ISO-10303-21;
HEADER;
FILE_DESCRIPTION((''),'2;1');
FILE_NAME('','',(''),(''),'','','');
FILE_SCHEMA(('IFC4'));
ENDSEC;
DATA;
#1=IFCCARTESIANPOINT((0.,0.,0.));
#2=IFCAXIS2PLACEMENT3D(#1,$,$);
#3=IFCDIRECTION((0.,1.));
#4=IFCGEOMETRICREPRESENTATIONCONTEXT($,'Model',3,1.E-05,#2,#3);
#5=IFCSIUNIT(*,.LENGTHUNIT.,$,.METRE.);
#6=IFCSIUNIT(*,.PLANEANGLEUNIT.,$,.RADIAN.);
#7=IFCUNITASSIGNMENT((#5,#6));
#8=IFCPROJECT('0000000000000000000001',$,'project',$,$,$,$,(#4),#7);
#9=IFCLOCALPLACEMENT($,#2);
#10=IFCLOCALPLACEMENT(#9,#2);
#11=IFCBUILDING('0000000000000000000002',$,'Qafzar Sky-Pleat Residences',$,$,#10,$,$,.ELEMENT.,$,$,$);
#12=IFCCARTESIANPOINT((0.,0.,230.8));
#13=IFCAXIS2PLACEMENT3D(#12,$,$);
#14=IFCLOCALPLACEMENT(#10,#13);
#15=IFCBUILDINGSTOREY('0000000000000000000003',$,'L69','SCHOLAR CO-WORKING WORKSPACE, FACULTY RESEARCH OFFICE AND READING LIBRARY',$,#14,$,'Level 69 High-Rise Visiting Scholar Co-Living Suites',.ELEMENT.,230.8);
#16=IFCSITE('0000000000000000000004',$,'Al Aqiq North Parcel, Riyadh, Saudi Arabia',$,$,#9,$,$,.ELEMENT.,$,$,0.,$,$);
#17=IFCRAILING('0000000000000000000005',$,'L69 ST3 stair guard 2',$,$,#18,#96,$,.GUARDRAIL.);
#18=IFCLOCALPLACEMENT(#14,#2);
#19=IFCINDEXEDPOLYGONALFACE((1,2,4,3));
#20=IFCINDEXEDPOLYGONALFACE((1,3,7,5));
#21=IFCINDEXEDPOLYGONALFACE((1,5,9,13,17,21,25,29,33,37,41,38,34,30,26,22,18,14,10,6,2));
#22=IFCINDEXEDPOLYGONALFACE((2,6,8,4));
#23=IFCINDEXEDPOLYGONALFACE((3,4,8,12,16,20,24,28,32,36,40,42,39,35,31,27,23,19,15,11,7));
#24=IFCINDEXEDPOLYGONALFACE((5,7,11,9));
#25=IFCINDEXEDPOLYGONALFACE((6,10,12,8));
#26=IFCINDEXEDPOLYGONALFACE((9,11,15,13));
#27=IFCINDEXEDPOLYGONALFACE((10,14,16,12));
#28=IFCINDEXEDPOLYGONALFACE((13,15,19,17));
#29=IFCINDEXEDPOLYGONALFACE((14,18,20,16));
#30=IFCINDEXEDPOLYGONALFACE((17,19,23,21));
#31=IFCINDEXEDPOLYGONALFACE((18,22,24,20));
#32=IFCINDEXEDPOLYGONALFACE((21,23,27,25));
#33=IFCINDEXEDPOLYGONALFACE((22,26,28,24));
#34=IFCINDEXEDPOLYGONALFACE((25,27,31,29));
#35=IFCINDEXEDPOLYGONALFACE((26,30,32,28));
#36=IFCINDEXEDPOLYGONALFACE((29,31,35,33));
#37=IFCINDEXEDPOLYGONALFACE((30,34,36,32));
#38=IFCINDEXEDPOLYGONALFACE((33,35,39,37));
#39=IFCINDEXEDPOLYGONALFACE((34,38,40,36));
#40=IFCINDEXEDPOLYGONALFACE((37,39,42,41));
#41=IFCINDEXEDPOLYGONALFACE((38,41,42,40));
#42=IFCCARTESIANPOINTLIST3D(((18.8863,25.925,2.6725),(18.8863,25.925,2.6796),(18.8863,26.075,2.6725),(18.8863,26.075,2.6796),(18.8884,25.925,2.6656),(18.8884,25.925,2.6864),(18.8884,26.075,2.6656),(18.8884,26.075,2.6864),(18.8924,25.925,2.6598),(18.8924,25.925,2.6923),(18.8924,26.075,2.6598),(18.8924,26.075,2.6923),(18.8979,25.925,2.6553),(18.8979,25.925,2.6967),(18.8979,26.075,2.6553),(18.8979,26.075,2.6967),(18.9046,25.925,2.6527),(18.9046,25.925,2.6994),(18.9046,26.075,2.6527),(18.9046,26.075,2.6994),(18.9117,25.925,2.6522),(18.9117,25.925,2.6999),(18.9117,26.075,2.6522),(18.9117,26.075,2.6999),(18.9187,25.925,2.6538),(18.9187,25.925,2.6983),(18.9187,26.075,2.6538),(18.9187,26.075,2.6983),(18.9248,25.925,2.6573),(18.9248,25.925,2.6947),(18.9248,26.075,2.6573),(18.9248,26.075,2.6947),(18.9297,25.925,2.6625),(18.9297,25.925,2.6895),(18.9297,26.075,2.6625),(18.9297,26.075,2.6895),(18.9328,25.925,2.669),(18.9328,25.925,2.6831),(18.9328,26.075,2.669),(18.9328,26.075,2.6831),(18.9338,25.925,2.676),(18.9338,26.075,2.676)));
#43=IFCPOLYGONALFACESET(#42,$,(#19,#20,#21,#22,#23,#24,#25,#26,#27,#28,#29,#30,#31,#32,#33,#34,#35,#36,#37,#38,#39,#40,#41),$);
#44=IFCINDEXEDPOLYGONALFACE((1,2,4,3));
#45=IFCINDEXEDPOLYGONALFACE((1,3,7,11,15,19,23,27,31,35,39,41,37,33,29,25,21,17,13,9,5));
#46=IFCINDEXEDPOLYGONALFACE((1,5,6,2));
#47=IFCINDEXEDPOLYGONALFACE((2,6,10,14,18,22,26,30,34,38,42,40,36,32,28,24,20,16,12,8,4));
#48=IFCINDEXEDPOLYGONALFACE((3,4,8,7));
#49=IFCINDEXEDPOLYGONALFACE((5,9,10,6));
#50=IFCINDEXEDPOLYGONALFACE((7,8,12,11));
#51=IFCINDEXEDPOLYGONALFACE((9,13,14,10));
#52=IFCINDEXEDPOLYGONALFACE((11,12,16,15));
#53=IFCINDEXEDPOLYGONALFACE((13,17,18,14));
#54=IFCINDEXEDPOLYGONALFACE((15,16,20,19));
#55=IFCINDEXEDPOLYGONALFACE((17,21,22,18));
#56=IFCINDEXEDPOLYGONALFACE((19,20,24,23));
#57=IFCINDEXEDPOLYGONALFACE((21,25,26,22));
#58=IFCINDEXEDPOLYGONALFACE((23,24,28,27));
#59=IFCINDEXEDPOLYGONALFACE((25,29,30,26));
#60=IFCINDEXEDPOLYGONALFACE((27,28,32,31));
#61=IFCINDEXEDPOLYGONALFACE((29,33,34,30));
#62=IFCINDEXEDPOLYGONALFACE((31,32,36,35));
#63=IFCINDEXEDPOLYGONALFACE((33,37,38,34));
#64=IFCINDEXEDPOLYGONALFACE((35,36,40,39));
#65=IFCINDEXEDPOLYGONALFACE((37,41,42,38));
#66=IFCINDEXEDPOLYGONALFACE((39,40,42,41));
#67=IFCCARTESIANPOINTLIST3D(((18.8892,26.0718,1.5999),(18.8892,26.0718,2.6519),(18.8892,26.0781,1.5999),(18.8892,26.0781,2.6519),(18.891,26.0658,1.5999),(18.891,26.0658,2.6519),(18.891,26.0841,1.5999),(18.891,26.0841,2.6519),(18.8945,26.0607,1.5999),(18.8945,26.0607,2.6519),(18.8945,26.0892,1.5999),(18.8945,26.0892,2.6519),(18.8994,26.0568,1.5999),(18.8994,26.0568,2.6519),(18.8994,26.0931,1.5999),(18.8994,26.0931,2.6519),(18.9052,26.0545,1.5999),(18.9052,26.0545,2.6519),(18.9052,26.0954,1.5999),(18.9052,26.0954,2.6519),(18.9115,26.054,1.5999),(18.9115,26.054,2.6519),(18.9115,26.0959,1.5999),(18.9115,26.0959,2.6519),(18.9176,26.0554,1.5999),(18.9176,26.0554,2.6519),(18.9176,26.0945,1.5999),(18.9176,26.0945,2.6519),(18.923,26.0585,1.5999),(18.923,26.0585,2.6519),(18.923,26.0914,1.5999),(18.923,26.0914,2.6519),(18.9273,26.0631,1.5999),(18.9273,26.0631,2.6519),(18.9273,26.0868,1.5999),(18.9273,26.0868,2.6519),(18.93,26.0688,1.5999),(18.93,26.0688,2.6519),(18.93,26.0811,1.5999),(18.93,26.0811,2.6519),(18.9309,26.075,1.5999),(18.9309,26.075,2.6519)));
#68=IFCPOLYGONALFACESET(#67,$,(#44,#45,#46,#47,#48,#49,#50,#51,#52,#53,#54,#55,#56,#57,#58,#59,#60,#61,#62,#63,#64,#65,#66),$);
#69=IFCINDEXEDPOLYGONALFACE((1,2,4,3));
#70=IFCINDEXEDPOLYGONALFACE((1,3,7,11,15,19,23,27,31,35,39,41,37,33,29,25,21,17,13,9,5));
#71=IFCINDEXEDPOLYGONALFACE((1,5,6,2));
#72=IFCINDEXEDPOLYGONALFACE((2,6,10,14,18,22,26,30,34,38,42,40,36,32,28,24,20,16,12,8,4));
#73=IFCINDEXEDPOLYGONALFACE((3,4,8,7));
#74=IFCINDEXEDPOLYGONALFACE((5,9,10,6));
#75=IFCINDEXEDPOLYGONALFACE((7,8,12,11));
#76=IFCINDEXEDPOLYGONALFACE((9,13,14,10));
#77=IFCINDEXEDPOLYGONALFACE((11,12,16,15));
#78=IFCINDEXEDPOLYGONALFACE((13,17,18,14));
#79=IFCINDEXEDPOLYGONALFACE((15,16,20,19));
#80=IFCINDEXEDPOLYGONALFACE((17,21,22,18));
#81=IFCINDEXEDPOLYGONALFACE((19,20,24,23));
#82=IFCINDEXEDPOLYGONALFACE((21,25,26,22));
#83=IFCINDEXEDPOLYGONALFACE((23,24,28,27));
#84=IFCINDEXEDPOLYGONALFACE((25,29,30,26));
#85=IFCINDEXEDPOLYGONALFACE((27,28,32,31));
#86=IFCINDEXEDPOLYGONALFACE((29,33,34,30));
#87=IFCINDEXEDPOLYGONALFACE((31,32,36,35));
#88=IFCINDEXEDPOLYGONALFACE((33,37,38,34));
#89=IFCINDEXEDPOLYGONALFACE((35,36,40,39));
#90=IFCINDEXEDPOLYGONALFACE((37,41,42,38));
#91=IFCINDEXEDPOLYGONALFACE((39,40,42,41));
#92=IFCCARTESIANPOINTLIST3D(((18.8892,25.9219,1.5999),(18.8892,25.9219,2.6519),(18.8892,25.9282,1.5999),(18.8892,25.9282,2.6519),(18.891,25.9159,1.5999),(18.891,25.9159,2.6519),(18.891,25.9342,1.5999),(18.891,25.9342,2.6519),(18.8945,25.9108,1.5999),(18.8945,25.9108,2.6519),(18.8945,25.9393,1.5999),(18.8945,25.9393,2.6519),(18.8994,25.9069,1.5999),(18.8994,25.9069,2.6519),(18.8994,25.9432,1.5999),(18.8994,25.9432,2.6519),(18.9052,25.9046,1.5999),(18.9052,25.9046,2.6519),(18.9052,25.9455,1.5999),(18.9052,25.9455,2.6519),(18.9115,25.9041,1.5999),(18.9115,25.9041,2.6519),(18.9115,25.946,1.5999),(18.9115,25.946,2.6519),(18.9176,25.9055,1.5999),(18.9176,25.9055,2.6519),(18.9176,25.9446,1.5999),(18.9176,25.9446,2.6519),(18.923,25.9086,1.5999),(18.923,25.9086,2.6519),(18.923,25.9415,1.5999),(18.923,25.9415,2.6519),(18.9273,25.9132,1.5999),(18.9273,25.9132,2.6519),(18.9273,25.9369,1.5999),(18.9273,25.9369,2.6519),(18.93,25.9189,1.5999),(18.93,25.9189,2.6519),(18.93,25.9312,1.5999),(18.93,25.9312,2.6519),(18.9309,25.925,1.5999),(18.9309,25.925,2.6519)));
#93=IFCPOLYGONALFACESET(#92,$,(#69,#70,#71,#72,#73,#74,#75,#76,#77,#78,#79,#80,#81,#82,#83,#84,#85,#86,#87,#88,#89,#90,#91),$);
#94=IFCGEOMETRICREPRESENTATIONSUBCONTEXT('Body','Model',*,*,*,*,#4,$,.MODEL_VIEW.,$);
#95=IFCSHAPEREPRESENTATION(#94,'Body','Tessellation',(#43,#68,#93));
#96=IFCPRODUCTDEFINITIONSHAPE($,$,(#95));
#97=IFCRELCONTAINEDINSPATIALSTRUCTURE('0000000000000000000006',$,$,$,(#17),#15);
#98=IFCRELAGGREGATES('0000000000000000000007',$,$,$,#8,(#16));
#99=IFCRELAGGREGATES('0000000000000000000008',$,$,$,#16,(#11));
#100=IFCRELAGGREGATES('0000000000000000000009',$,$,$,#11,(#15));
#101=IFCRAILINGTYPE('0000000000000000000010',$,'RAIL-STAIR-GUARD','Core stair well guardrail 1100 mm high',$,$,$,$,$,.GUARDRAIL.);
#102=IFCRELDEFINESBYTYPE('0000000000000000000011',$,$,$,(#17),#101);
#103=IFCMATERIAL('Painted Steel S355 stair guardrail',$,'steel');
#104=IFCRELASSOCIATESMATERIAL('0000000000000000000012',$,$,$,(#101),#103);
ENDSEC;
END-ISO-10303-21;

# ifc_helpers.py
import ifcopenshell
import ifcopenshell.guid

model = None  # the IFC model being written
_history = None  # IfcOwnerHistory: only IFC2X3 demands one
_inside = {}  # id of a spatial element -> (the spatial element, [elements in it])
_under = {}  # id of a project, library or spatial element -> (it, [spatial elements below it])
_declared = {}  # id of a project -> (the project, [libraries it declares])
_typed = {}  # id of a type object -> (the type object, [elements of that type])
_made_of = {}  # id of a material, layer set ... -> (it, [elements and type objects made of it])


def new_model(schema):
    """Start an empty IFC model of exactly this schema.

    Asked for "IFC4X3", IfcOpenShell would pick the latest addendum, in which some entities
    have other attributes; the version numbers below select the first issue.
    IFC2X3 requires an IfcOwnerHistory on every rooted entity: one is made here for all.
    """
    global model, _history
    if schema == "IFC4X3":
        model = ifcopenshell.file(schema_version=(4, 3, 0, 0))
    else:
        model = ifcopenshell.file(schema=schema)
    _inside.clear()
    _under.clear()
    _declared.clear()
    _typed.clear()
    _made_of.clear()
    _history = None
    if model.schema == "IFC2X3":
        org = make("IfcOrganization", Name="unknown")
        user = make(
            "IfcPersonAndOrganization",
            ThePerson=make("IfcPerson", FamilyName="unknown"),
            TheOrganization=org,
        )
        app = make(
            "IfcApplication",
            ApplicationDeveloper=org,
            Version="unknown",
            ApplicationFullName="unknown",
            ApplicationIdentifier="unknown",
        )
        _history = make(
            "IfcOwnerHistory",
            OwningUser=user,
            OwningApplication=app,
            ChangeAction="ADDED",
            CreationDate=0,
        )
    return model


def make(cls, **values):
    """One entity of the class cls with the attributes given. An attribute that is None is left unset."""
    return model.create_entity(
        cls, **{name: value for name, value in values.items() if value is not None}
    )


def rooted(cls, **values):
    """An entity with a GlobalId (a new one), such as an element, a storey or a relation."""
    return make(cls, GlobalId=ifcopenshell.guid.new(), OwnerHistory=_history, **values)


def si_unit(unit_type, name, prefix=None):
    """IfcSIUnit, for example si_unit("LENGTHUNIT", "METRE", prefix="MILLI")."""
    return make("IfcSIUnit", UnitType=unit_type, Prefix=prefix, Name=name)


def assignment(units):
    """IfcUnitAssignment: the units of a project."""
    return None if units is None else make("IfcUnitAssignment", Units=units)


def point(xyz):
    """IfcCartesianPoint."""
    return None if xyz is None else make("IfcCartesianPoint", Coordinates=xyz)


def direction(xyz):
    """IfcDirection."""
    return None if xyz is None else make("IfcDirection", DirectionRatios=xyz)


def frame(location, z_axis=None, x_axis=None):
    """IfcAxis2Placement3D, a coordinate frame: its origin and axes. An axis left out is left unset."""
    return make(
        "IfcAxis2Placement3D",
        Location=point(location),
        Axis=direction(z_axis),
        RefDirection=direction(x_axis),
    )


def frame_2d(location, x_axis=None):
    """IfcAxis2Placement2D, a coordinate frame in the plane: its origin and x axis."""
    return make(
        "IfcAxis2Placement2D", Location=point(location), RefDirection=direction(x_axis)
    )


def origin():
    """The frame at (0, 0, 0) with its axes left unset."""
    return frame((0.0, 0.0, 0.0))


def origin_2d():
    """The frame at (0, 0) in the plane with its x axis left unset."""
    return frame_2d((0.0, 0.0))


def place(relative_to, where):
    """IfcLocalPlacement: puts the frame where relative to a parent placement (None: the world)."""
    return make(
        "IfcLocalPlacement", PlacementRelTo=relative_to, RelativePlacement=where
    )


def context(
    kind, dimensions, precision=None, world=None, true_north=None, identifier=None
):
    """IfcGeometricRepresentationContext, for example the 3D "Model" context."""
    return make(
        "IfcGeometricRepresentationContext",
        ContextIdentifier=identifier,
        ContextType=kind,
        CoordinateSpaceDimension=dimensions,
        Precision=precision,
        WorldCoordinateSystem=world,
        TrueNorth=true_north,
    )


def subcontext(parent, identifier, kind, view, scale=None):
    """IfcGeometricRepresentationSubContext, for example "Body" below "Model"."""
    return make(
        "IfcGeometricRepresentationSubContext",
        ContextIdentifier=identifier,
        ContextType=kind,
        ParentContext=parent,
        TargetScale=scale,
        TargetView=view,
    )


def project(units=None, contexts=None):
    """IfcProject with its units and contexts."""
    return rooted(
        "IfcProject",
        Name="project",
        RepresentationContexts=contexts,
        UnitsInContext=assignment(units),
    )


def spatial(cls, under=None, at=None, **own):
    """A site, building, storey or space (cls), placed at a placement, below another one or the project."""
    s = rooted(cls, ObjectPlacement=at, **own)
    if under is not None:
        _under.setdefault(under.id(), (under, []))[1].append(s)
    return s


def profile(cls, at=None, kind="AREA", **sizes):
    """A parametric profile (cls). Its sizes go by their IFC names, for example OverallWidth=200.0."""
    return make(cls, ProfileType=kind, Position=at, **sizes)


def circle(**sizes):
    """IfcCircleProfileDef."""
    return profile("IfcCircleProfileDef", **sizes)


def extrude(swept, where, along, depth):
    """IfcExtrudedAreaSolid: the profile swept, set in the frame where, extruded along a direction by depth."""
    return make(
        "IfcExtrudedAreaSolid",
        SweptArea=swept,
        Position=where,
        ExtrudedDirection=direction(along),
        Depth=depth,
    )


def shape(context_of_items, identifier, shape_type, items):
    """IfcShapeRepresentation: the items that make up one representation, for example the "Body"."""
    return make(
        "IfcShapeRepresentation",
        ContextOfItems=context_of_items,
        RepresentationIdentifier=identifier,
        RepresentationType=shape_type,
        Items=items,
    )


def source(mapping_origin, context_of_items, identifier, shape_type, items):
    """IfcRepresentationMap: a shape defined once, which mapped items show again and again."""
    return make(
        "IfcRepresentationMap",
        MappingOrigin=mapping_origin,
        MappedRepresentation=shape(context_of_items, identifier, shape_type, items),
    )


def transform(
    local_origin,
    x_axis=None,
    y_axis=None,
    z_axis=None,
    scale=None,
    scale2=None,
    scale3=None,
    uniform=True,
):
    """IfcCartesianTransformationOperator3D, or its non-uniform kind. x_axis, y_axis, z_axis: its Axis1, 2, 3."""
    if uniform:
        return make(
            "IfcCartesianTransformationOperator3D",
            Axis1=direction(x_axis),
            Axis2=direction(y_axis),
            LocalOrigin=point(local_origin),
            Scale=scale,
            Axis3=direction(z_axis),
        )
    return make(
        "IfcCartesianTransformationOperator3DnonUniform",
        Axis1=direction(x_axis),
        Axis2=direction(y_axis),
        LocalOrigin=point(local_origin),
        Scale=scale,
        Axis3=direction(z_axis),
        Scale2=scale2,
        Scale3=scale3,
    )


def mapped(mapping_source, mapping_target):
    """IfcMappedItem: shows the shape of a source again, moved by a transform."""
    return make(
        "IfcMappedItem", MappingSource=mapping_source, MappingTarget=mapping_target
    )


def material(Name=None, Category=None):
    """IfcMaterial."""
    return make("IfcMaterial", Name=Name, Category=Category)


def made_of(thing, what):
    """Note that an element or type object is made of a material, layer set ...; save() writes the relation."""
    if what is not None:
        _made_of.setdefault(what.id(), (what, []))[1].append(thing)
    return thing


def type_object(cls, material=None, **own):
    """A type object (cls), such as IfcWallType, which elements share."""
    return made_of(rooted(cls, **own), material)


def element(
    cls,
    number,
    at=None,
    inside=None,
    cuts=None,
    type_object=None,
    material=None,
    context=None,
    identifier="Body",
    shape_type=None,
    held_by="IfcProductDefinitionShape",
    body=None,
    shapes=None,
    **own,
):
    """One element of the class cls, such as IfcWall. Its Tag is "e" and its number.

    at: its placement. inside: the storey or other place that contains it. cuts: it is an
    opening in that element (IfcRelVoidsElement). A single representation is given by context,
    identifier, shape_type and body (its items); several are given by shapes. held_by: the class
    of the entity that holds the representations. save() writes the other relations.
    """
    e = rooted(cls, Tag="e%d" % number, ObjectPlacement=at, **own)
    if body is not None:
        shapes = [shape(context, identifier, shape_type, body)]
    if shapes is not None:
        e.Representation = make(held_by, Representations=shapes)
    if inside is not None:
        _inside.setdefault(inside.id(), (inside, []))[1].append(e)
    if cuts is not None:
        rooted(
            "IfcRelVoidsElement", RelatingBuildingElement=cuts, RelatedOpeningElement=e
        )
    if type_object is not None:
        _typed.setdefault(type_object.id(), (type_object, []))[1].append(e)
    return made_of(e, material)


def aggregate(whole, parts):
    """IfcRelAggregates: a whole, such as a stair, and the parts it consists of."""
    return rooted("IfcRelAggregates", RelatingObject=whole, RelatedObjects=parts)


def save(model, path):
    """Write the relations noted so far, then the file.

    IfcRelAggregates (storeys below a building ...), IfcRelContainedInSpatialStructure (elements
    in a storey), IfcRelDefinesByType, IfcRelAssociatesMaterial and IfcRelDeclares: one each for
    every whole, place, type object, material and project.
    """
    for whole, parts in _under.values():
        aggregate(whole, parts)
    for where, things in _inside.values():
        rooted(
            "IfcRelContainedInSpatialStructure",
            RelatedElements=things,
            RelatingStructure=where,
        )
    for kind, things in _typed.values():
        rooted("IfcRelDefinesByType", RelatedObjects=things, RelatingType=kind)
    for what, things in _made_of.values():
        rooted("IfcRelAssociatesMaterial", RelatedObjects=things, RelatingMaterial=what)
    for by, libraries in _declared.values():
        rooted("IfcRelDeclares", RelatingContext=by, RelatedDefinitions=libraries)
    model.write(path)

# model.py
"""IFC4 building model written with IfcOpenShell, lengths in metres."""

from ifc_helpers import new_model, si_unit, direction, frame, origin, origin_2d, place, context, subcontext, project, spatial, circle, extrude, source, transform, mapped, material, type_object, element, save


model = new_model("IFC4")

# Units and contexts
model_context = context("Model", 3, precision=1e-05, world=origin(), true_north=direction((0.0, 1.0)))
body_context = subcontext(model_context, "Body", "Model", "MODEL_VIEW")
ifc_project = project(units=[si_unit("LENGTHUNIT", "METRE"), si_unit("PLANEANGLEUNIT", "RADIAN")], contexts=[model_context])

# Site, building, storey
site_placement = place(None, origin())
site = spatial("IfcSite", under=ifc_project, at=site_placement, Name="Al Aqiq North Parcel, Riyadh, Saudi Arabia", CompositionType="ELEMENT", RefElevation=0.0)
building_placement = place(site_placement, origin())
building = spatial("IfcBuilding", under=site, at=building_placement, Name="Qafzar Sky-Pleat Residences", CompositionType="ELEMENT")
storey_placement = place(building_placement, frame((0.0, 0.0, 230.8)))
storey = spatial("IfcBuildingStorey", under=building, at=storey_placement, Name="L69", Description="SCHOLAR CO-WORKING WORKSPACE, FACULTY RESEARCH OFFICE AND READING LIBRARY", LongName="Level 69 High-Rise Visiting Scholar Co-Living Suites", CompositionType="ELEMENT", Elevation=230.8)

# Railing
ifc_material_1 = material(Name="Painted Steel S355 stair guardrail", Category="steel")
railing_type_1 = type_object("IfcRailingType", Name="RAIL-STAIR-GUARD", Description="Core stair well guardrail 1100 mm high", PredefinedType="GUARDRAIL", material=ifc_material_1)
shared_shape_1 = source(origin(), body_context, "Body", "SweptSolid", [
    extrude(circle(Radius=0.0239, at=origin_2d()), frame((0.0, 0.0, 1.0762), z_axis=(0.0, -1.0, 0.0), x_axis=(1.0, 0.0, 0.0)), (0.0, 0.0, 1.0), 0.1499),
    extrude(circle(Radius=0.021, at=origin_2d()), origin(), (0.0, 0.0, 1.0), 1.052),
    extrude(circle(Radius=0.021, at=origin_2d()), frame((0.0, -0.1499, 0.0)), (0.0, 0.0, 1.0), 1.052),
])
railing_1_placement = place(storey_placement, frame((18.9099, 26.075, 1.5999)))
element("IfcRailing", 1, at=railing_1_placement, inside=storey, type_object=railing_type_1, Name="L69 ST3 stair guard 2", PredefinedType="GUARDRAIL", context=body_context, shape_type="MappedRepresentation", body=[
    mapped(shared_shape_1, transform((0.0, 0.0, 0.0), x_axis=(1.0, 0.0, 0.0), y_axis=(0.0, 1.0, 0.0), z_axis=(0.0, 0.0, 1.0), scale=1.0)),
])

save(model, "model.ifc")
